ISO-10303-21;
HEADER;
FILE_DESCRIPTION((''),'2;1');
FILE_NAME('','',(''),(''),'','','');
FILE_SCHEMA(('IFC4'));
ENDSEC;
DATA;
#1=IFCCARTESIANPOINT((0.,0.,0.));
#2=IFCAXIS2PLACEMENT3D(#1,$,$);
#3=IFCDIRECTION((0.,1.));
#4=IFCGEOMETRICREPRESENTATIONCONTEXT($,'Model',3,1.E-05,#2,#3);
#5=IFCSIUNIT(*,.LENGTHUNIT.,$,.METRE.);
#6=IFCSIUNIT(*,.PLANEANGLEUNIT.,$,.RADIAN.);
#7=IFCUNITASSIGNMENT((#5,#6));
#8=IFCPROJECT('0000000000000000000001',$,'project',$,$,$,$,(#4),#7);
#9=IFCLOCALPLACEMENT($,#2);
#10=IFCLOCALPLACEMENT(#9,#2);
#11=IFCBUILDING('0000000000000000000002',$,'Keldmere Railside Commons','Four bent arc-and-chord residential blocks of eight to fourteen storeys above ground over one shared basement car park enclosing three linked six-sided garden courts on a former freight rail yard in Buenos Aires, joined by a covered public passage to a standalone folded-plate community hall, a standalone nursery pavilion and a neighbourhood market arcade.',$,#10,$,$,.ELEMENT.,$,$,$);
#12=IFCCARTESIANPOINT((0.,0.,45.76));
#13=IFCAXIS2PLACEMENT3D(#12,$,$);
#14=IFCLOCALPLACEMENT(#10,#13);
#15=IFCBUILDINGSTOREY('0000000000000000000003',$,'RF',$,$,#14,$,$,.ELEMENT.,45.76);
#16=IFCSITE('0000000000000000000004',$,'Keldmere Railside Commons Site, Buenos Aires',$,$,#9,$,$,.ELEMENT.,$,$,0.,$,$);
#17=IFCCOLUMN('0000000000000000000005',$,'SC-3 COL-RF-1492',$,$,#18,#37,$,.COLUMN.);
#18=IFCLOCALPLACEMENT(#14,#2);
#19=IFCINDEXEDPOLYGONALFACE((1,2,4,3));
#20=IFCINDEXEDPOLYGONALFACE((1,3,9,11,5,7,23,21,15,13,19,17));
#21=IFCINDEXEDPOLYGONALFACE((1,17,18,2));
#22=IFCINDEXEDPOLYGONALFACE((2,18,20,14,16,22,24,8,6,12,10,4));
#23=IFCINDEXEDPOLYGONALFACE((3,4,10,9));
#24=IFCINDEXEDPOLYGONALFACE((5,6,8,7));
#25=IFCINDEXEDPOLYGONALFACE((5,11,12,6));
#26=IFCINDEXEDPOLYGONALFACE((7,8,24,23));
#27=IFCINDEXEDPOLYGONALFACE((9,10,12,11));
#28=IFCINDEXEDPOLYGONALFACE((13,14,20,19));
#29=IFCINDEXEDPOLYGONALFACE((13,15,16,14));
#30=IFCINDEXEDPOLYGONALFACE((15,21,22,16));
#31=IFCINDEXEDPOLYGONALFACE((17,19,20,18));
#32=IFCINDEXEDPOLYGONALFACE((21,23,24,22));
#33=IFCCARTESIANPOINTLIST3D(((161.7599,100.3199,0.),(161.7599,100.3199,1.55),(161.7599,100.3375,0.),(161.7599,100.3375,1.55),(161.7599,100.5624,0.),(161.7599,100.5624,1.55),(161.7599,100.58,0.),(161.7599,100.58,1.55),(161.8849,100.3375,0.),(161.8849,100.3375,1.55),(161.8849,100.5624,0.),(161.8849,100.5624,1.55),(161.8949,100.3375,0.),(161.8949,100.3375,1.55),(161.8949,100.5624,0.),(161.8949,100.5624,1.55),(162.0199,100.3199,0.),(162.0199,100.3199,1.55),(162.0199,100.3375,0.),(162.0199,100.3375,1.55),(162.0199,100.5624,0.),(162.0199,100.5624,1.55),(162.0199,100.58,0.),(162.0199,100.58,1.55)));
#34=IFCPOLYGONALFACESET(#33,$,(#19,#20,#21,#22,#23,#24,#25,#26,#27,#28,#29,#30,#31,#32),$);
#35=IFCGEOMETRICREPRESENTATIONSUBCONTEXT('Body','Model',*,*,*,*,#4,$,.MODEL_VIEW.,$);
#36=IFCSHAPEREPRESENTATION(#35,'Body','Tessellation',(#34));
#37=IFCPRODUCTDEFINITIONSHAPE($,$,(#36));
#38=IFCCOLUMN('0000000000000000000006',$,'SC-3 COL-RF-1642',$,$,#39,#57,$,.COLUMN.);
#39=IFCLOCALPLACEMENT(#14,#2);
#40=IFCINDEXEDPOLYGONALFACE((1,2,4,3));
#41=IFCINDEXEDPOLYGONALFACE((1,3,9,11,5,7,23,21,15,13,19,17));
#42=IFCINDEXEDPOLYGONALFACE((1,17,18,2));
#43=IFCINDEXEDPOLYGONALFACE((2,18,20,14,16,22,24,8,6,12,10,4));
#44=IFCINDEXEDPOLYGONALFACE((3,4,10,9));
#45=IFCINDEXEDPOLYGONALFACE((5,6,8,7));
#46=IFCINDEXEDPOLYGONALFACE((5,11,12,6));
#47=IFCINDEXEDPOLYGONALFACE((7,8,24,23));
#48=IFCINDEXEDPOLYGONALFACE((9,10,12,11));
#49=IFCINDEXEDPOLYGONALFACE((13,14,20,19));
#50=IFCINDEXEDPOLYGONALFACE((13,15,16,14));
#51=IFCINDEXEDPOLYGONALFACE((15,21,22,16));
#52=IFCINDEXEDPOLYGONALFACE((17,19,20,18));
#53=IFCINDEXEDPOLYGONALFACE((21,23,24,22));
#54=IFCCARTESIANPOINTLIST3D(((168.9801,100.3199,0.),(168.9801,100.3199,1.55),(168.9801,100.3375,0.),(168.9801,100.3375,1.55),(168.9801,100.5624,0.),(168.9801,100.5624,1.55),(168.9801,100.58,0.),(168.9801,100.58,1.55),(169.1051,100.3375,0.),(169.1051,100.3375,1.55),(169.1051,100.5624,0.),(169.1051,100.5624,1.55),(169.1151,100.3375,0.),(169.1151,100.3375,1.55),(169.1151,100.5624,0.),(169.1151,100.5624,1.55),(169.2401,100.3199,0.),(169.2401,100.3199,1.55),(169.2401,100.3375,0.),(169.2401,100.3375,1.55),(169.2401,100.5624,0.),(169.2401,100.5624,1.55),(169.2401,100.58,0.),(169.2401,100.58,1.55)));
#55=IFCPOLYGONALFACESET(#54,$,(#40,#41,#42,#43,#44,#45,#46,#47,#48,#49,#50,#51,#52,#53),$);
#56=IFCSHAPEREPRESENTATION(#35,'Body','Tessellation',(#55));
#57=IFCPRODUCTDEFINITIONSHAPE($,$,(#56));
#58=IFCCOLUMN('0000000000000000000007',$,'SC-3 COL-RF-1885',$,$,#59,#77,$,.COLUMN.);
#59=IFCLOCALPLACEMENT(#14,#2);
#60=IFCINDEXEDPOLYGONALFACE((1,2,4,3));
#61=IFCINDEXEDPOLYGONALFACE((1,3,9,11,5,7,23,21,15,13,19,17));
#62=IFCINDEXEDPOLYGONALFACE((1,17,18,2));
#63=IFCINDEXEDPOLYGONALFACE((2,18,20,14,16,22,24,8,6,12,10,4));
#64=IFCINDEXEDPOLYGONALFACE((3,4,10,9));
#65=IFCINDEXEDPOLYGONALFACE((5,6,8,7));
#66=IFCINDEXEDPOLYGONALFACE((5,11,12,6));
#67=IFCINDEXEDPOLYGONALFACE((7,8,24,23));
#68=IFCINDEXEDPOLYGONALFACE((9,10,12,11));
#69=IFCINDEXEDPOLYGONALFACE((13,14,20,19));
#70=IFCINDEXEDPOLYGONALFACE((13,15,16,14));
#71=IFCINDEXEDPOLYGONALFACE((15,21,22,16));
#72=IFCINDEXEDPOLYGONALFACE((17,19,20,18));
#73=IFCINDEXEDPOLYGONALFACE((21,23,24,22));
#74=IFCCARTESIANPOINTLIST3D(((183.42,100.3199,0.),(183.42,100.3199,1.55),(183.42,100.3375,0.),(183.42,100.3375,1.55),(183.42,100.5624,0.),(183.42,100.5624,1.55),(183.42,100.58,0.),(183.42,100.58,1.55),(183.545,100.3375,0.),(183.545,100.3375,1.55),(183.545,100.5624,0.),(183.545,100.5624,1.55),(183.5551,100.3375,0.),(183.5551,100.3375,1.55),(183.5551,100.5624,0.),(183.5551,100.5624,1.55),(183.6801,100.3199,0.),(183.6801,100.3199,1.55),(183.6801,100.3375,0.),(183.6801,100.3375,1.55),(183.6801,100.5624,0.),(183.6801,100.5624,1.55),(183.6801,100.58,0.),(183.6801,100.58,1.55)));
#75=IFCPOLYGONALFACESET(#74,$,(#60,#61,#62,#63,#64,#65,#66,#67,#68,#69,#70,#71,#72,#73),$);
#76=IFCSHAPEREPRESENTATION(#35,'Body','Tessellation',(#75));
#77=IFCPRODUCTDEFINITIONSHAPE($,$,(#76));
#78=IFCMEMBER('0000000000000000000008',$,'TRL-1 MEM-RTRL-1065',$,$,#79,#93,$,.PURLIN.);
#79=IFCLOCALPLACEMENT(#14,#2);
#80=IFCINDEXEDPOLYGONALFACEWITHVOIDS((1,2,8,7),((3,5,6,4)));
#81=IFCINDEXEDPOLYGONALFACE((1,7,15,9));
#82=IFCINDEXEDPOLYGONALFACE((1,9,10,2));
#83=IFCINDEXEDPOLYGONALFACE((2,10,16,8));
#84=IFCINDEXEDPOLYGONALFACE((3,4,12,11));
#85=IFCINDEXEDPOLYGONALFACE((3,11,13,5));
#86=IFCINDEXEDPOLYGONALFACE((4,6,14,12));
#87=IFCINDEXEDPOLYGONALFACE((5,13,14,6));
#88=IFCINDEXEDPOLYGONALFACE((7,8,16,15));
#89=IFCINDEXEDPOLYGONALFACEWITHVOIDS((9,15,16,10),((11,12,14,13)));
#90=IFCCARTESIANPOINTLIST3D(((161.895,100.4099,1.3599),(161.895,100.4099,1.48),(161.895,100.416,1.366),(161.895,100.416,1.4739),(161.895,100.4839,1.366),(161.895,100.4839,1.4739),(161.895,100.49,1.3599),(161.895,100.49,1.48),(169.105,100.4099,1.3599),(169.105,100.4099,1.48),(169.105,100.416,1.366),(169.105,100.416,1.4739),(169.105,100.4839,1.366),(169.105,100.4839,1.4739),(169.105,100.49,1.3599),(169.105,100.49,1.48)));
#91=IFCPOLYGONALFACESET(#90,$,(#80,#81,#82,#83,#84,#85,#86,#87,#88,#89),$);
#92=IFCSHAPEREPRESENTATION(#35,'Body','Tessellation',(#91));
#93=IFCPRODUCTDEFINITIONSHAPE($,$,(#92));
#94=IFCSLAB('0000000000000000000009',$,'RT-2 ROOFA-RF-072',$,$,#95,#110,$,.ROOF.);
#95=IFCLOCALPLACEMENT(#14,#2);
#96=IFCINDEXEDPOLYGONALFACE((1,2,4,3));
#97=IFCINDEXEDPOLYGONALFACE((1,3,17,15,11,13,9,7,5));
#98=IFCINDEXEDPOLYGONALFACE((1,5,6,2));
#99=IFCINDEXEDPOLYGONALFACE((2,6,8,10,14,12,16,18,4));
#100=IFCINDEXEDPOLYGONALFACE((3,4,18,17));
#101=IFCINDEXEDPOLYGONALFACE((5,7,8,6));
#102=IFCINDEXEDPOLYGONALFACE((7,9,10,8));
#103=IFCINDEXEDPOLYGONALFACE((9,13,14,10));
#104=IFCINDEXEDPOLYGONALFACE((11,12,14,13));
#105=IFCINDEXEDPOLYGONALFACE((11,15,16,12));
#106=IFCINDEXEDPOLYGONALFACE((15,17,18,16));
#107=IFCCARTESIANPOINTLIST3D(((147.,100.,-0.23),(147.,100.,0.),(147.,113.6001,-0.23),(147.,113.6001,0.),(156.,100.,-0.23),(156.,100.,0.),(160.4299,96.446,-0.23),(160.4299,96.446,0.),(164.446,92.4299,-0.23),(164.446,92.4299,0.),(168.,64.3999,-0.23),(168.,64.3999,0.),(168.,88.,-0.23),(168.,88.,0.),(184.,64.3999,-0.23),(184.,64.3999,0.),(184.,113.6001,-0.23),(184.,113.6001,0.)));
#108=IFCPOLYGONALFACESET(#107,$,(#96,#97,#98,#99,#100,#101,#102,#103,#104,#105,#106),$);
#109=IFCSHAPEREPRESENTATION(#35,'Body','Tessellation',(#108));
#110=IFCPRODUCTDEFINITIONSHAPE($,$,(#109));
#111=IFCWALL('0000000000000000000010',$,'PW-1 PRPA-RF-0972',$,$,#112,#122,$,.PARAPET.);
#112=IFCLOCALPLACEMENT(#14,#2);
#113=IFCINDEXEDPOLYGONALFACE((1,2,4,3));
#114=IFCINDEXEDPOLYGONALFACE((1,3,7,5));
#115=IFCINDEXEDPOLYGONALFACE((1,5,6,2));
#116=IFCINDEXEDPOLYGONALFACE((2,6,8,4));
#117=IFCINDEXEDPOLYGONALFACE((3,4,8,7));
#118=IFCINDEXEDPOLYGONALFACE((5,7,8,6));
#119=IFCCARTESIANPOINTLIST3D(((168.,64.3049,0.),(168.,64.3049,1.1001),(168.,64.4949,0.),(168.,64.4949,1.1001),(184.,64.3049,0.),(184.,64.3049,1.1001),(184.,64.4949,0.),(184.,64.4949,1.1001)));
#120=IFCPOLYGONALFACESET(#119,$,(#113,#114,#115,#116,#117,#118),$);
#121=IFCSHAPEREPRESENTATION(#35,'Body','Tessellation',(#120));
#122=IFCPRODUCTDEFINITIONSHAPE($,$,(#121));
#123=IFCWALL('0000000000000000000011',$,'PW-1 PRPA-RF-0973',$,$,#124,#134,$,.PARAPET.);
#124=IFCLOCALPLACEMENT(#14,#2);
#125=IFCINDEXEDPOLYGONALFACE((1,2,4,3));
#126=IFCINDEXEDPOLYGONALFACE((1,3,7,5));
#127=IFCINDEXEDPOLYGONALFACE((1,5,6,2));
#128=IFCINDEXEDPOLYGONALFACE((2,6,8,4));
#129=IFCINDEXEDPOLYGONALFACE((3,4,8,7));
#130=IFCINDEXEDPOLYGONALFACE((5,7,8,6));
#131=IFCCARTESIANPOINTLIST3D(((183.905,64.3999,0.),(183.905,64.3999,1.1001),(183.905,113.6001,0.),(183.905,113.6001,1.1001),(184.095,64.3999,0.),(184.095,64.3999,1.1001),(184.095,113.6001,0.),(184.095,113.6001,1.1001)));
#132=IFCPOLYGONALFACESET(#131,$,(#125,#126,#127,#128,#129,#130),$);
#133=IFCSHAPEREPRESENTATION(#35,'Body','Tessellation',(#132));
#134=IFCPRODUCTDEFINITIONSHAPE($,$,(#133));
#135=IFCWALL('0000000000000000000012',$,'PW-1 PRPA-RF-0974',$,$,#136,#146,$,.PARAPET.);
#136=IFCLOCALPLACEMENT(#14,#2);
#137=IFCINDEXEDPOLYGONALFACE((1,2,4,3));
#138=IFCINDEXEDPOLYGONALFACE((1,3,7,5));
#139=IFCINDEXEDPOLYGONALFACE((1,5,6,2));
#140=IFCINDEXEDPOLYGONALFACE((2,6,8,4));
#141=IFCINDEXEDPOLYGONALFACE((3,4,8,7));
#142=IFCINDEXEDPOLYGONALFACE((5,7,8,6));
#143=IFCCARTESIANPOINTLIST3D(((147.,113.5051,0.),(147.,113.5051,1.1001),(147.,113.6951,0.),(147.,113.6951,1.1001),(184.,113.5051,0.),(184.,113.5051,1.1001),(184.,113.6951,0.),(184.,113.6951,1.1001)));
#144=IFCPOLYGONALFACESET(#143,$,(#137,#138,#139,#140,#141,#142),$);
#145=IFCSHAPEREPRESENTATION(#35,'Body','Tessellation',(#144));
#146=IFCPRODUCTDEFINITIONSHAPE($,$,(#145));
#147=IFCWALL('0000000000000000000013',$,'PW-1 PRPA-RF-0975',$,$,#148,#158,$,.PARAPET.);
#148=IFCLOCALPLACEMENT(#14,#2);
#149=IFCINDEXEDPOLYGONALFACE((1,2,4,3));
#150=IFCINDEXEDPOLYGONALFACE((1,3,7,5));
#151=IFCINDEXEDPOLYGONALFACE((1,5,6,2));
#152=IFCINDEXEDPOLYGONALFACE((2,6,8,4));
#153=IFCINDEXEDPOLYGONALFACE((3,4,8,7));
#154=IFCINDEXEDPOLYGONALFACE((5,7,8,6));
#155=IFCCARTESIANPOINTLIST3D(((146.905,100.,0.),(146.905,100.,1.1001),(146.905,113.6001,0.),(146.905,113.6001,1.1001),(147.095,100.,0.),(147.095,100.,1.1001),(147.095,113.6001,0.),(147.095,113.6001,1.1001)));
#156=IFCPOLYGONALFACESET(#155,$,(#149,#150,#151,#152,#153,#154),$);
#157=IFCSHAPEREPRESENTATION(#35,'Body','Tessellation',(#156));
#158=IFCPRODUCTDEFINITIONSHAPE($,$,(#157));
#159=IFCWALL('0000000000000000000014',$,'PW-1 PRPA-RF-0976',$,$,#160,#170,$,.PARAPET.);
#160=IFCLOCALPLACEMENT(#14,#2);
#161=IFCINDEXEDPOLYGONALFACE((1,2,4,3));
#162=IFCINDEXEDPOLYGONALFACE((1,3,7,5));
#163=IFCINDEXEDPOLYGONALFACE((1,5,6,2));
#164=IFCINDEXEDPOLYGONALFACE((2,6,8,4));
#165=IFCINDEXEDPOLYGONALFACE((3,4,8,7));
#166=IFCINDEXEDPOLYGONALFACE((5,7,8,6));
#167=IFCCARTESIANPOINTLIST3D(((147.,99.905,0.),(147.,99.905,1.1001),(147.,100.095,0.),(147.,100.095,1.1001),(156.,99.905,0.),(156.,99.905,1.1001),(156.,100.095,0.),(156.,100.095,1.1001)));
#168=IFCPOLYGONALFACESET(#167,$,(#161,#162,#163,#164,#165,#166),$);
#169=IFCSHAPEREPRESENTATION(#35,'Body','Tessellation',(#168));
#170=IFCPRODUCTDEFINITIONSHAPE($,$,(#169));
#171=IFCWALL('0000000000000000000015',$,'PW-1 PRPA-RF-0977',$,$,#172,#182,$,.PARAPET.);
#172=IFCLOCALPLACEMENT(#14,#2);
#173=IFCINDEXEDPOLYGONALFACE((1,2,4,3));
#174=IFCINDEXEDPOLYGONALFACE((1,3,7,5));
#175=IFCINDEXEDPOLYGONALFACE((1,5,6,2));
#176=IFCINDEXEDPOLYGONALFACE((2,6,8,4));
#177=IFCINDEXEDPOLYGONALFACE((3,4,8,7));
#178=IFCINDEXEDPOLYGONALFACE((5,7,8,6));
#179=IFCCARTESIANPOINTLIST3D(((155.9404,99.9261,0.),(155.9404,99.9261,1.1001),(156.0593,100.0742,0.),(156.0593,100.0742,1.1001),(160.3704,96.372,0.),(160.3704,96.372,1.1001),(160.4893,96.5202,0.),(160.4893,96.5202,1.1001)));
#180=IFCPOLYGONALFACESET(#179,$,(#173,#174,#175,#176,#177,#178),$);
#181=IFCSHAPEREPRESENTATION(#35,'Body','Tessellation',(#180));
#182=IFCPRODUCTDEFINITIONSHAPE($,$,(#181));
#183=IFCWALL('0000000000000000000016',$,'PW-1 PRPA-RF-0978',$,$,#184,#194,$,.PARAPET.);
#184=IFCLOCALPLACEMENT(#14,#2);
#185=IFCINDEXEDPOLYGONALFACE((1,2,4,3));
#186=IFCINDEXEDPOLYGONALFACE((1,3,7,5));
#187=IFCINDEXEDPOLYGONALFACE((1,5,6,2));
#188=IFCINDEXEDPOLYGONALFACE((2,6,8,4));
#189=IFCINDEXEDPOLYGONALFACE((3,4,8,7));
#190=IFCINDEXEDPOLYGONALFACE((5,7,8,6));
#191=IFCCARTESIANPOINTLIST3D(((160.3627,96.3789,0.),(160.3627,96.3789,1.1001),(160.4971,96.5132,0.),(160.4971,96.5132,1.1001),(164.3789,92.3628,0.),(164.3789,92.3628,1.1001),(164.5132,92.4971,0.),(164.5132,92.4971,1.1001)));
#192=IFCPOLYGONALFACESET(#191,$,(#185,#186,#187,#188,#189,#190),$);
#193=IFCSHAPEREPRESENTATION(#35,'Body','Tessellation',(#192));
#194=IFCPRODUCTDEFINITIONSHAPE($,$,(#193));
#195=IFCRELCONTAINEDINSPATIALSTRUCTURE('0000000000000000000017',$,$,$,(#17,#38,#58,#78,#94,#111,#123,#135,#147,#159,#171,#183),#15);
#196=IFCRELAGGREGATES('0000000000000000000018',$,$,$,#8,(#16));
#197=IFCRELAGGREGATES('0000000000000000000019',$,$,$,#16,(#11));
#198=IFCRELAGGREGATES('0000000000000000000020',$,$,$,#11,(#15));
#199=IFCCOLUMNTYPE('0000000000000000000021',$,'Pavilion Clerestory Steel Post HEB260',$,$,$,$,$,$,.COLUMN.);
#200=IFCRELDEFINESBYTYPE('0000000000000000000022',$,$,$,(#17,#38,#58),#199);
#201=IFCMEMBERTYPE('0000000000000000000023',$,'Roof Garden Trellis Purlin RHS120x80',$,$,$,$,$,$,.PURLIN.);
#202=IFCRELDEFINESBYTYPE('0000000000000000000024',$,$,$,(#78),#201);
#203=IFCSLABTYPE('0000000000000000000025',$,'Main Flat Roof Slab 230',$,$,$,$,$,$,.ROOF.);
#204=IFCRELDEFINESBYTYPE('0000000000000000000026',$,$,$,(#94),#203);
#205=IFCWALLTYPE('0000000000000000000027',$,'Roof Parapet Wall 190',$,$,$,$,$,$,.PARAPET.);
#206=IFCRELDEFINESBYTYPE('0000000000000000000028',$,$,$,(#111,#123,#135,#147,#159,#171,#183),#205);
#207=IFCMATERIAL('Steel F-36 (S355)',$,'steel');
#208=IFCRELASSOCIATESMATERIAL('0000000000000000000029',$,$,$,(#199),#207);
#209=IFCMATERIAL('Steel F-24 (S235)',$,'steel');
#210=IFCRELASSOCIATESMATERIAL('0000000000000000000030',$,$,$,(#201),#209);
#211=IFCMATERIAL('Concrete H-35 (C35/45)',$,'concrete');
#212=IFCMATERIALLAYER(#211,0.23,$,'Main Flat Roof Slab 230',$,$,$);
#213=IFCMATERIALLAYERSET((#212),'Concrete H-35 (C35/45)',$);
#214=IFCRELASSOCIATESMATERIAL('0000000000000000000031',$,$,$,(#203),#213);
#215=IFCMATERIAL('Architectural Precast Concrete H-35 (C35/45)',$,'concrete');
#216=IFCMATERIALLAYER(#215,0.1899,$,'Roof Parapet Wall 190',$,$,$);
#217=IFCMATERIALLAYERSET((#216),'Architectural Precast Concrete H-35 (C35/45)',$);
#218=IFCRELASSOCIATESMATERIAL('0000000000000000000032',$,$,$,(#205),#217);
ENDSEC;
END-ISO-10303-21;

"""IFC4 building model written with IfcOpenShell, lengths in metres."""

from ifc_helpers import new_model, si_unit, direction, frame, frame_2d, origin, origin_2d, place, context, subcontext, project, spatial, polyline, rectangle, hollow_rectangle, i_section, outline, extrude, material, layer, layer_set, material_profile, profile_set, type_object, element, save


model = new_model("IFC4")

# Units and contexts
model_context = context("Model", 3, precision=1e-05, world=origin(), true_north=direction((0.0, 1.0)))
body_context = subcontext(model_context, "Body", "Model", "MODEL_VIEW")
ifc_project = project(units=[si_unit("LENGTHUNIT", "METRE"), si_unit("PLANEANGLEUNIT", "RADIAN")], contexts=[model_context])

# Site, building, storey
site_placement = place(None, origin())
site = spatial("IfcSite", under=ifc_project, at=site_placement, Name="Keldmere Railside Commons Site, Buenos Aires", CompositionType="ELEMENT", RefElevation=0.0)
building_placement = place(site_placement, origin())
building = spatial("IfcBuilding", under=site, at=building_placement, Name="Keldmere Railside Commons", Description="Four bent arc-and-chord residential blocks of eight to fourteen storeys above ground over one shared basement car park enclosing three linked six-sided garden courts on a former freight rail yard in Buenos Aires, joined by a covered public passage to a standalone folded-plate community hall, a standalone nursery pavilion and a neighbourhood market arcade.", CompositionType="ELEMENT")
storey_placement = place(building_placement, frame((0.0, 0.0, 45.76)))
storey = spatial("IfcBuildingStorey", under=building, at=storey_placement, Name="RF", CompositionType="ELEMENT", Elevation=45.76)

# Columns
ifc_material_1 = material(Name="Steel F-36 (S355)", Category="steel")
ifc_material_profile_1 = material_profile(ifc_material_1, i_section(OverallWidth=0.26, OverallDepth=0.26, WebThickness=0.01, FlangeThickness=0.0176, at=origin_2d()), Name="HEB-260")
ifc_profile_set_1 = profile_set([ifc_material_profile_1], Name="Steel F-36 (S355)")
column_type = type_object("IfcColumnType", Name="Pavilion Clerestory Steel Post HEB260", PredefinedType="COLUMN", material=ifc_profile_set_1)
for number, where, z_axis, x_axis, name in (
    (1, (161.8899, 100.45, 0.0), (0.0, 0.0, 1.0), (1.0, 0.0, 0.0), "SC-3 COL-RF-1492"),
    (2, (169.1101, 100.45, 0.0), (0.0, 0.0, 1.0), (1.0, 0.0, 0.0), "SC-3 COL-RF-1642"),
    (3, (183.55, 100.45, 0.0), (0.0, 0.0, 1.0), (1.0, 0.0, 0.0), "SC-3 COL-RF-1885"),
):
    element("IfcColumn", number, at=place(storey_placement, frame(where, z_axis=z_axis, x_axis=x_axis)), inside=storey, type_object=column_type, Name=name, PredefinedType="COLUMN", context=body_context, shape_type="SweptSolid", body=[
        extrude(i_section(OverallWidth=0.26, OverallDepth=0.26, WebThickness=0.01, FlangeThickness=0.0176, at=origin_2d()), origin(), (0.0, 0.0, 1.0), 1.55),
    ])

# Member
ifc_material_2 = material(Name="Steel F-24 (S235)", Category="steel")
ifc_material_profile_2 = material_profile(ifc_material_2, hollow_rectangle(XDim=0.0801, YDim=0.1201, WallThickness=0.0061, at=origin_2d()), Name="RHS-120x80x6")
ifc_profile_set_2 = profile_set([ifc_material_profile_2], Name="Steel F-24 (S235)")
member_type = type_object("IfcMemberType", Name="Roof Garden Trellis Purlin RHS120x80", PredefinedType="PURLIN", material=ifc_profile_set_2)
member_placement = place(storey_placement, frame((161.895, 100.45, 1.4199), z_axis=(1.0, 0.0, 0.0), x_axis=(0.0, 1.0, 0.0)))
element("IfcMember", 4, at=member_placement, inside=storey, type_object=member_type, Name="TRL-1 MEM-RTRL-1065", PredefinedType="PURLIN", context=body_context, shape_type="SweptSolid", body=[
    extrude(hollow_rectangle(XDim=0.0801, YDim=0.1201, WallThickness=0.0061, at=origin_2d()), origin(), (0.0, 0.0, 1.0), 7.21),
])

# Slab
ifc_material_3 = material(Name="Concrete H-35 (C35/45)", Category="concrete")
ifc_layer_1 = layer(ifc_material_3, 0.23, Name="Main Flat Roof Slab 230")
ifc_layer_set_1 = layer_set([ifc_layer_1], Name="Concrete H-35 (C35/45)")
slab_type = type_object("IfcSlabType", Name="Main Flat Roof Slab 230", PredefinedType="ROOF", material=ifc_layer_set_1)
slab_placement = place(storey_placement, frame((0.0, 0.0, -0.23)))
element("IfcSlab", 5, at=slab_placement, inside=storey, type_object=slab_type, Name="RT-2 ROOFA-RF-072", PredefinedType="ROOF", context=body_context, shape_type="SweptSolid", body=[
    extrude(outline(polyline([(168.0, 64.3999), (184.0, 64.3999), (184.0, 113.6001), (147.0, 113.6001), (147.0, 100.0), (156.0, 100.0), (160.4299, 96.446), (164.446, 92.4299), (168.0, 88.0), (168.0, 64.3999)])), origin(), (0.0, 0.0, 1.0), 0.23),
])

# Walls
ifc_material_4 = material(Name="Architectural Precast Concrete H-35 (C35/45)", Category="concrete")
ifc_layer_2 = layer(ifc_material_4, 0.1899, Name="Roof Parapet Wall 190")
ifc_layer_set_2 = layer_set([ifc_layer_2], Name="Architectural Precast Concrete H-35 (C35/45)")
wall_type = type_object("IfcWallType", Name="Roof Parapet Wall 190", PredefinedType="PARAPET", material=ifc_layer_set_2)
wall_1_placement = place(storey_placement, frame((184.0, 64.3999, 0.0), z_axis=(0.0, 0.0, 1.0), x_axis=(-1.0, 0.0, 0.0)))
element("IfcWall", 6, at=wall_1_placement, inside=storey, type_object=wall_type, Name="PW-1 PRPA-RF-0972", PredefinedType="PARAPET", context=body_context, shape_type="SweptSolid", body=[
    extrude(rectangle(XDim=16.0, YDim=0.1899, at=frame_2d((8.0, 0.0))), origin(), (0.0, 0.0, 1.0), 1.1001),
])
wall_2_placement = place(storey_placement, frame((184.0, 113.6001, 0.0), z_axis=(0.0, 0.0, 1.0), x_axis=(0.0, -1.0, 0.0)))
element("IfcWall", 7, at=wall_2_placement, inside=storey, type_object=wall_type, Name="PW-1 PRPA-RF-0973", PredefinedType="PARAPET", context=body_context, shape_type="SweptSolid", body=[
    extrude(rectangle(XDim=49.2002, YDim=0.1899, at=frame_2d((24.6001, 0.0))), origin(), (0.0, 0.0, 1.0), 1.1001),
])
wall_3_placement = place(storey_placement, frame((147.0, 113.6001, 0.0), z_axis=(0.0, 0.0, 1.0), x_axis=(1.0, 0.0, 0.0)))
element("IfcWall", 8, at=wall_3_placement, inside=storey, type_object=wall_type, Name="PW-1 PRPA-RF-0974", PredefinedType="PARAPET", context=body_context, shape_type="SweptSolid", body=[
    extrude(rectangle(XDim=37.0, YDim=0.1899, at=frame_2d((18.5, 0.0))), origin(), (0.0, 0.0, 1.0), 1.1001),
])
wall_4_placement = place(storey_placement, frame((147.0, 100.0, 0.0), z_axis=(0.0, 0.0, 1.0), x_axis=(0.0, 1.0, 0.0)))
element("IfcWall", 9, at=wall_4_placement, inside=storey, type_object=wall_type, Name="PW-1 PRPA-RF-0975", PredefinedType="PARAPET", context=body_context, shape_type="SweptSolid", body=[
    extrude(rectangle(XDim=13.6001, YDim=0.1899, at=frame_2d((6.8, 0.0))), origin(), (0.0, 0.0, 1.0), 1.1001),
])
wall_5_placement = place(storey_placement, frame((156.0, 100.0, 0.0), z_axis=(0.0, 0.0, 1.0), x_axis=(-1.0, 0.0, 0.0)))
element("IfcWall", 10, at=wall_5_placement, inside=storey, type_object=wall_type, Name="PW-1 PRPA-RF-0976", PredefinedType="PARAPET", context=body_context, shape_type="SweptSolid", body=[
    extrude(rectangle(XDim=9.0, YDim=0.1899, at=frame_2d((4.5, 0.0))), origin(), (0.0, 0.0, 1.0), 1.1001),
])
wall_6_placement = place(storey_placement, frame((160.4299, 96.446, 0.0), z_axis=(0.0, 0.0, 1.0), x_axis=(-0.780008, 0.625769, 0.0)))
element("IfcWall", 11, at=wall_6_placement, inside=storey, type_object=wall_type, Name="PW-1 PRPA-RF-0977", PredefinedType="PARAPET", context=body_context, shape_type="SweptSolid", body=[
    extrude(rectangle(XDim=5.6794, YDim=0.1899, at=frame_2d((2.8398, 0.0))), origin(), (0.0, 0.0, 1.0), 1.1001),
])
wall_7_placement = place(storey_placement, frame((164.446, 92.4299, 0.0), z_axis=(0.0, 0.0, 1.0), x_axis=(-0.707107, 0.707107, 0.0)))
element("IfcWall", 12, at=wall_7_placement, inside=storey, type_object=wall_type, Name="PW-1 PRPA-RF-0978", PredefinedType="PARAPET", context=body_context, shape_type="SweptSolid", body=[
    extrude(rectangle(XDim=5.6797, YDim=0.1899, at=frame_2d((2.8398, 0.0))), origin(), (0.0, 0.0, 1.0), 1.1001),
])

save(model, "model.ifc")
